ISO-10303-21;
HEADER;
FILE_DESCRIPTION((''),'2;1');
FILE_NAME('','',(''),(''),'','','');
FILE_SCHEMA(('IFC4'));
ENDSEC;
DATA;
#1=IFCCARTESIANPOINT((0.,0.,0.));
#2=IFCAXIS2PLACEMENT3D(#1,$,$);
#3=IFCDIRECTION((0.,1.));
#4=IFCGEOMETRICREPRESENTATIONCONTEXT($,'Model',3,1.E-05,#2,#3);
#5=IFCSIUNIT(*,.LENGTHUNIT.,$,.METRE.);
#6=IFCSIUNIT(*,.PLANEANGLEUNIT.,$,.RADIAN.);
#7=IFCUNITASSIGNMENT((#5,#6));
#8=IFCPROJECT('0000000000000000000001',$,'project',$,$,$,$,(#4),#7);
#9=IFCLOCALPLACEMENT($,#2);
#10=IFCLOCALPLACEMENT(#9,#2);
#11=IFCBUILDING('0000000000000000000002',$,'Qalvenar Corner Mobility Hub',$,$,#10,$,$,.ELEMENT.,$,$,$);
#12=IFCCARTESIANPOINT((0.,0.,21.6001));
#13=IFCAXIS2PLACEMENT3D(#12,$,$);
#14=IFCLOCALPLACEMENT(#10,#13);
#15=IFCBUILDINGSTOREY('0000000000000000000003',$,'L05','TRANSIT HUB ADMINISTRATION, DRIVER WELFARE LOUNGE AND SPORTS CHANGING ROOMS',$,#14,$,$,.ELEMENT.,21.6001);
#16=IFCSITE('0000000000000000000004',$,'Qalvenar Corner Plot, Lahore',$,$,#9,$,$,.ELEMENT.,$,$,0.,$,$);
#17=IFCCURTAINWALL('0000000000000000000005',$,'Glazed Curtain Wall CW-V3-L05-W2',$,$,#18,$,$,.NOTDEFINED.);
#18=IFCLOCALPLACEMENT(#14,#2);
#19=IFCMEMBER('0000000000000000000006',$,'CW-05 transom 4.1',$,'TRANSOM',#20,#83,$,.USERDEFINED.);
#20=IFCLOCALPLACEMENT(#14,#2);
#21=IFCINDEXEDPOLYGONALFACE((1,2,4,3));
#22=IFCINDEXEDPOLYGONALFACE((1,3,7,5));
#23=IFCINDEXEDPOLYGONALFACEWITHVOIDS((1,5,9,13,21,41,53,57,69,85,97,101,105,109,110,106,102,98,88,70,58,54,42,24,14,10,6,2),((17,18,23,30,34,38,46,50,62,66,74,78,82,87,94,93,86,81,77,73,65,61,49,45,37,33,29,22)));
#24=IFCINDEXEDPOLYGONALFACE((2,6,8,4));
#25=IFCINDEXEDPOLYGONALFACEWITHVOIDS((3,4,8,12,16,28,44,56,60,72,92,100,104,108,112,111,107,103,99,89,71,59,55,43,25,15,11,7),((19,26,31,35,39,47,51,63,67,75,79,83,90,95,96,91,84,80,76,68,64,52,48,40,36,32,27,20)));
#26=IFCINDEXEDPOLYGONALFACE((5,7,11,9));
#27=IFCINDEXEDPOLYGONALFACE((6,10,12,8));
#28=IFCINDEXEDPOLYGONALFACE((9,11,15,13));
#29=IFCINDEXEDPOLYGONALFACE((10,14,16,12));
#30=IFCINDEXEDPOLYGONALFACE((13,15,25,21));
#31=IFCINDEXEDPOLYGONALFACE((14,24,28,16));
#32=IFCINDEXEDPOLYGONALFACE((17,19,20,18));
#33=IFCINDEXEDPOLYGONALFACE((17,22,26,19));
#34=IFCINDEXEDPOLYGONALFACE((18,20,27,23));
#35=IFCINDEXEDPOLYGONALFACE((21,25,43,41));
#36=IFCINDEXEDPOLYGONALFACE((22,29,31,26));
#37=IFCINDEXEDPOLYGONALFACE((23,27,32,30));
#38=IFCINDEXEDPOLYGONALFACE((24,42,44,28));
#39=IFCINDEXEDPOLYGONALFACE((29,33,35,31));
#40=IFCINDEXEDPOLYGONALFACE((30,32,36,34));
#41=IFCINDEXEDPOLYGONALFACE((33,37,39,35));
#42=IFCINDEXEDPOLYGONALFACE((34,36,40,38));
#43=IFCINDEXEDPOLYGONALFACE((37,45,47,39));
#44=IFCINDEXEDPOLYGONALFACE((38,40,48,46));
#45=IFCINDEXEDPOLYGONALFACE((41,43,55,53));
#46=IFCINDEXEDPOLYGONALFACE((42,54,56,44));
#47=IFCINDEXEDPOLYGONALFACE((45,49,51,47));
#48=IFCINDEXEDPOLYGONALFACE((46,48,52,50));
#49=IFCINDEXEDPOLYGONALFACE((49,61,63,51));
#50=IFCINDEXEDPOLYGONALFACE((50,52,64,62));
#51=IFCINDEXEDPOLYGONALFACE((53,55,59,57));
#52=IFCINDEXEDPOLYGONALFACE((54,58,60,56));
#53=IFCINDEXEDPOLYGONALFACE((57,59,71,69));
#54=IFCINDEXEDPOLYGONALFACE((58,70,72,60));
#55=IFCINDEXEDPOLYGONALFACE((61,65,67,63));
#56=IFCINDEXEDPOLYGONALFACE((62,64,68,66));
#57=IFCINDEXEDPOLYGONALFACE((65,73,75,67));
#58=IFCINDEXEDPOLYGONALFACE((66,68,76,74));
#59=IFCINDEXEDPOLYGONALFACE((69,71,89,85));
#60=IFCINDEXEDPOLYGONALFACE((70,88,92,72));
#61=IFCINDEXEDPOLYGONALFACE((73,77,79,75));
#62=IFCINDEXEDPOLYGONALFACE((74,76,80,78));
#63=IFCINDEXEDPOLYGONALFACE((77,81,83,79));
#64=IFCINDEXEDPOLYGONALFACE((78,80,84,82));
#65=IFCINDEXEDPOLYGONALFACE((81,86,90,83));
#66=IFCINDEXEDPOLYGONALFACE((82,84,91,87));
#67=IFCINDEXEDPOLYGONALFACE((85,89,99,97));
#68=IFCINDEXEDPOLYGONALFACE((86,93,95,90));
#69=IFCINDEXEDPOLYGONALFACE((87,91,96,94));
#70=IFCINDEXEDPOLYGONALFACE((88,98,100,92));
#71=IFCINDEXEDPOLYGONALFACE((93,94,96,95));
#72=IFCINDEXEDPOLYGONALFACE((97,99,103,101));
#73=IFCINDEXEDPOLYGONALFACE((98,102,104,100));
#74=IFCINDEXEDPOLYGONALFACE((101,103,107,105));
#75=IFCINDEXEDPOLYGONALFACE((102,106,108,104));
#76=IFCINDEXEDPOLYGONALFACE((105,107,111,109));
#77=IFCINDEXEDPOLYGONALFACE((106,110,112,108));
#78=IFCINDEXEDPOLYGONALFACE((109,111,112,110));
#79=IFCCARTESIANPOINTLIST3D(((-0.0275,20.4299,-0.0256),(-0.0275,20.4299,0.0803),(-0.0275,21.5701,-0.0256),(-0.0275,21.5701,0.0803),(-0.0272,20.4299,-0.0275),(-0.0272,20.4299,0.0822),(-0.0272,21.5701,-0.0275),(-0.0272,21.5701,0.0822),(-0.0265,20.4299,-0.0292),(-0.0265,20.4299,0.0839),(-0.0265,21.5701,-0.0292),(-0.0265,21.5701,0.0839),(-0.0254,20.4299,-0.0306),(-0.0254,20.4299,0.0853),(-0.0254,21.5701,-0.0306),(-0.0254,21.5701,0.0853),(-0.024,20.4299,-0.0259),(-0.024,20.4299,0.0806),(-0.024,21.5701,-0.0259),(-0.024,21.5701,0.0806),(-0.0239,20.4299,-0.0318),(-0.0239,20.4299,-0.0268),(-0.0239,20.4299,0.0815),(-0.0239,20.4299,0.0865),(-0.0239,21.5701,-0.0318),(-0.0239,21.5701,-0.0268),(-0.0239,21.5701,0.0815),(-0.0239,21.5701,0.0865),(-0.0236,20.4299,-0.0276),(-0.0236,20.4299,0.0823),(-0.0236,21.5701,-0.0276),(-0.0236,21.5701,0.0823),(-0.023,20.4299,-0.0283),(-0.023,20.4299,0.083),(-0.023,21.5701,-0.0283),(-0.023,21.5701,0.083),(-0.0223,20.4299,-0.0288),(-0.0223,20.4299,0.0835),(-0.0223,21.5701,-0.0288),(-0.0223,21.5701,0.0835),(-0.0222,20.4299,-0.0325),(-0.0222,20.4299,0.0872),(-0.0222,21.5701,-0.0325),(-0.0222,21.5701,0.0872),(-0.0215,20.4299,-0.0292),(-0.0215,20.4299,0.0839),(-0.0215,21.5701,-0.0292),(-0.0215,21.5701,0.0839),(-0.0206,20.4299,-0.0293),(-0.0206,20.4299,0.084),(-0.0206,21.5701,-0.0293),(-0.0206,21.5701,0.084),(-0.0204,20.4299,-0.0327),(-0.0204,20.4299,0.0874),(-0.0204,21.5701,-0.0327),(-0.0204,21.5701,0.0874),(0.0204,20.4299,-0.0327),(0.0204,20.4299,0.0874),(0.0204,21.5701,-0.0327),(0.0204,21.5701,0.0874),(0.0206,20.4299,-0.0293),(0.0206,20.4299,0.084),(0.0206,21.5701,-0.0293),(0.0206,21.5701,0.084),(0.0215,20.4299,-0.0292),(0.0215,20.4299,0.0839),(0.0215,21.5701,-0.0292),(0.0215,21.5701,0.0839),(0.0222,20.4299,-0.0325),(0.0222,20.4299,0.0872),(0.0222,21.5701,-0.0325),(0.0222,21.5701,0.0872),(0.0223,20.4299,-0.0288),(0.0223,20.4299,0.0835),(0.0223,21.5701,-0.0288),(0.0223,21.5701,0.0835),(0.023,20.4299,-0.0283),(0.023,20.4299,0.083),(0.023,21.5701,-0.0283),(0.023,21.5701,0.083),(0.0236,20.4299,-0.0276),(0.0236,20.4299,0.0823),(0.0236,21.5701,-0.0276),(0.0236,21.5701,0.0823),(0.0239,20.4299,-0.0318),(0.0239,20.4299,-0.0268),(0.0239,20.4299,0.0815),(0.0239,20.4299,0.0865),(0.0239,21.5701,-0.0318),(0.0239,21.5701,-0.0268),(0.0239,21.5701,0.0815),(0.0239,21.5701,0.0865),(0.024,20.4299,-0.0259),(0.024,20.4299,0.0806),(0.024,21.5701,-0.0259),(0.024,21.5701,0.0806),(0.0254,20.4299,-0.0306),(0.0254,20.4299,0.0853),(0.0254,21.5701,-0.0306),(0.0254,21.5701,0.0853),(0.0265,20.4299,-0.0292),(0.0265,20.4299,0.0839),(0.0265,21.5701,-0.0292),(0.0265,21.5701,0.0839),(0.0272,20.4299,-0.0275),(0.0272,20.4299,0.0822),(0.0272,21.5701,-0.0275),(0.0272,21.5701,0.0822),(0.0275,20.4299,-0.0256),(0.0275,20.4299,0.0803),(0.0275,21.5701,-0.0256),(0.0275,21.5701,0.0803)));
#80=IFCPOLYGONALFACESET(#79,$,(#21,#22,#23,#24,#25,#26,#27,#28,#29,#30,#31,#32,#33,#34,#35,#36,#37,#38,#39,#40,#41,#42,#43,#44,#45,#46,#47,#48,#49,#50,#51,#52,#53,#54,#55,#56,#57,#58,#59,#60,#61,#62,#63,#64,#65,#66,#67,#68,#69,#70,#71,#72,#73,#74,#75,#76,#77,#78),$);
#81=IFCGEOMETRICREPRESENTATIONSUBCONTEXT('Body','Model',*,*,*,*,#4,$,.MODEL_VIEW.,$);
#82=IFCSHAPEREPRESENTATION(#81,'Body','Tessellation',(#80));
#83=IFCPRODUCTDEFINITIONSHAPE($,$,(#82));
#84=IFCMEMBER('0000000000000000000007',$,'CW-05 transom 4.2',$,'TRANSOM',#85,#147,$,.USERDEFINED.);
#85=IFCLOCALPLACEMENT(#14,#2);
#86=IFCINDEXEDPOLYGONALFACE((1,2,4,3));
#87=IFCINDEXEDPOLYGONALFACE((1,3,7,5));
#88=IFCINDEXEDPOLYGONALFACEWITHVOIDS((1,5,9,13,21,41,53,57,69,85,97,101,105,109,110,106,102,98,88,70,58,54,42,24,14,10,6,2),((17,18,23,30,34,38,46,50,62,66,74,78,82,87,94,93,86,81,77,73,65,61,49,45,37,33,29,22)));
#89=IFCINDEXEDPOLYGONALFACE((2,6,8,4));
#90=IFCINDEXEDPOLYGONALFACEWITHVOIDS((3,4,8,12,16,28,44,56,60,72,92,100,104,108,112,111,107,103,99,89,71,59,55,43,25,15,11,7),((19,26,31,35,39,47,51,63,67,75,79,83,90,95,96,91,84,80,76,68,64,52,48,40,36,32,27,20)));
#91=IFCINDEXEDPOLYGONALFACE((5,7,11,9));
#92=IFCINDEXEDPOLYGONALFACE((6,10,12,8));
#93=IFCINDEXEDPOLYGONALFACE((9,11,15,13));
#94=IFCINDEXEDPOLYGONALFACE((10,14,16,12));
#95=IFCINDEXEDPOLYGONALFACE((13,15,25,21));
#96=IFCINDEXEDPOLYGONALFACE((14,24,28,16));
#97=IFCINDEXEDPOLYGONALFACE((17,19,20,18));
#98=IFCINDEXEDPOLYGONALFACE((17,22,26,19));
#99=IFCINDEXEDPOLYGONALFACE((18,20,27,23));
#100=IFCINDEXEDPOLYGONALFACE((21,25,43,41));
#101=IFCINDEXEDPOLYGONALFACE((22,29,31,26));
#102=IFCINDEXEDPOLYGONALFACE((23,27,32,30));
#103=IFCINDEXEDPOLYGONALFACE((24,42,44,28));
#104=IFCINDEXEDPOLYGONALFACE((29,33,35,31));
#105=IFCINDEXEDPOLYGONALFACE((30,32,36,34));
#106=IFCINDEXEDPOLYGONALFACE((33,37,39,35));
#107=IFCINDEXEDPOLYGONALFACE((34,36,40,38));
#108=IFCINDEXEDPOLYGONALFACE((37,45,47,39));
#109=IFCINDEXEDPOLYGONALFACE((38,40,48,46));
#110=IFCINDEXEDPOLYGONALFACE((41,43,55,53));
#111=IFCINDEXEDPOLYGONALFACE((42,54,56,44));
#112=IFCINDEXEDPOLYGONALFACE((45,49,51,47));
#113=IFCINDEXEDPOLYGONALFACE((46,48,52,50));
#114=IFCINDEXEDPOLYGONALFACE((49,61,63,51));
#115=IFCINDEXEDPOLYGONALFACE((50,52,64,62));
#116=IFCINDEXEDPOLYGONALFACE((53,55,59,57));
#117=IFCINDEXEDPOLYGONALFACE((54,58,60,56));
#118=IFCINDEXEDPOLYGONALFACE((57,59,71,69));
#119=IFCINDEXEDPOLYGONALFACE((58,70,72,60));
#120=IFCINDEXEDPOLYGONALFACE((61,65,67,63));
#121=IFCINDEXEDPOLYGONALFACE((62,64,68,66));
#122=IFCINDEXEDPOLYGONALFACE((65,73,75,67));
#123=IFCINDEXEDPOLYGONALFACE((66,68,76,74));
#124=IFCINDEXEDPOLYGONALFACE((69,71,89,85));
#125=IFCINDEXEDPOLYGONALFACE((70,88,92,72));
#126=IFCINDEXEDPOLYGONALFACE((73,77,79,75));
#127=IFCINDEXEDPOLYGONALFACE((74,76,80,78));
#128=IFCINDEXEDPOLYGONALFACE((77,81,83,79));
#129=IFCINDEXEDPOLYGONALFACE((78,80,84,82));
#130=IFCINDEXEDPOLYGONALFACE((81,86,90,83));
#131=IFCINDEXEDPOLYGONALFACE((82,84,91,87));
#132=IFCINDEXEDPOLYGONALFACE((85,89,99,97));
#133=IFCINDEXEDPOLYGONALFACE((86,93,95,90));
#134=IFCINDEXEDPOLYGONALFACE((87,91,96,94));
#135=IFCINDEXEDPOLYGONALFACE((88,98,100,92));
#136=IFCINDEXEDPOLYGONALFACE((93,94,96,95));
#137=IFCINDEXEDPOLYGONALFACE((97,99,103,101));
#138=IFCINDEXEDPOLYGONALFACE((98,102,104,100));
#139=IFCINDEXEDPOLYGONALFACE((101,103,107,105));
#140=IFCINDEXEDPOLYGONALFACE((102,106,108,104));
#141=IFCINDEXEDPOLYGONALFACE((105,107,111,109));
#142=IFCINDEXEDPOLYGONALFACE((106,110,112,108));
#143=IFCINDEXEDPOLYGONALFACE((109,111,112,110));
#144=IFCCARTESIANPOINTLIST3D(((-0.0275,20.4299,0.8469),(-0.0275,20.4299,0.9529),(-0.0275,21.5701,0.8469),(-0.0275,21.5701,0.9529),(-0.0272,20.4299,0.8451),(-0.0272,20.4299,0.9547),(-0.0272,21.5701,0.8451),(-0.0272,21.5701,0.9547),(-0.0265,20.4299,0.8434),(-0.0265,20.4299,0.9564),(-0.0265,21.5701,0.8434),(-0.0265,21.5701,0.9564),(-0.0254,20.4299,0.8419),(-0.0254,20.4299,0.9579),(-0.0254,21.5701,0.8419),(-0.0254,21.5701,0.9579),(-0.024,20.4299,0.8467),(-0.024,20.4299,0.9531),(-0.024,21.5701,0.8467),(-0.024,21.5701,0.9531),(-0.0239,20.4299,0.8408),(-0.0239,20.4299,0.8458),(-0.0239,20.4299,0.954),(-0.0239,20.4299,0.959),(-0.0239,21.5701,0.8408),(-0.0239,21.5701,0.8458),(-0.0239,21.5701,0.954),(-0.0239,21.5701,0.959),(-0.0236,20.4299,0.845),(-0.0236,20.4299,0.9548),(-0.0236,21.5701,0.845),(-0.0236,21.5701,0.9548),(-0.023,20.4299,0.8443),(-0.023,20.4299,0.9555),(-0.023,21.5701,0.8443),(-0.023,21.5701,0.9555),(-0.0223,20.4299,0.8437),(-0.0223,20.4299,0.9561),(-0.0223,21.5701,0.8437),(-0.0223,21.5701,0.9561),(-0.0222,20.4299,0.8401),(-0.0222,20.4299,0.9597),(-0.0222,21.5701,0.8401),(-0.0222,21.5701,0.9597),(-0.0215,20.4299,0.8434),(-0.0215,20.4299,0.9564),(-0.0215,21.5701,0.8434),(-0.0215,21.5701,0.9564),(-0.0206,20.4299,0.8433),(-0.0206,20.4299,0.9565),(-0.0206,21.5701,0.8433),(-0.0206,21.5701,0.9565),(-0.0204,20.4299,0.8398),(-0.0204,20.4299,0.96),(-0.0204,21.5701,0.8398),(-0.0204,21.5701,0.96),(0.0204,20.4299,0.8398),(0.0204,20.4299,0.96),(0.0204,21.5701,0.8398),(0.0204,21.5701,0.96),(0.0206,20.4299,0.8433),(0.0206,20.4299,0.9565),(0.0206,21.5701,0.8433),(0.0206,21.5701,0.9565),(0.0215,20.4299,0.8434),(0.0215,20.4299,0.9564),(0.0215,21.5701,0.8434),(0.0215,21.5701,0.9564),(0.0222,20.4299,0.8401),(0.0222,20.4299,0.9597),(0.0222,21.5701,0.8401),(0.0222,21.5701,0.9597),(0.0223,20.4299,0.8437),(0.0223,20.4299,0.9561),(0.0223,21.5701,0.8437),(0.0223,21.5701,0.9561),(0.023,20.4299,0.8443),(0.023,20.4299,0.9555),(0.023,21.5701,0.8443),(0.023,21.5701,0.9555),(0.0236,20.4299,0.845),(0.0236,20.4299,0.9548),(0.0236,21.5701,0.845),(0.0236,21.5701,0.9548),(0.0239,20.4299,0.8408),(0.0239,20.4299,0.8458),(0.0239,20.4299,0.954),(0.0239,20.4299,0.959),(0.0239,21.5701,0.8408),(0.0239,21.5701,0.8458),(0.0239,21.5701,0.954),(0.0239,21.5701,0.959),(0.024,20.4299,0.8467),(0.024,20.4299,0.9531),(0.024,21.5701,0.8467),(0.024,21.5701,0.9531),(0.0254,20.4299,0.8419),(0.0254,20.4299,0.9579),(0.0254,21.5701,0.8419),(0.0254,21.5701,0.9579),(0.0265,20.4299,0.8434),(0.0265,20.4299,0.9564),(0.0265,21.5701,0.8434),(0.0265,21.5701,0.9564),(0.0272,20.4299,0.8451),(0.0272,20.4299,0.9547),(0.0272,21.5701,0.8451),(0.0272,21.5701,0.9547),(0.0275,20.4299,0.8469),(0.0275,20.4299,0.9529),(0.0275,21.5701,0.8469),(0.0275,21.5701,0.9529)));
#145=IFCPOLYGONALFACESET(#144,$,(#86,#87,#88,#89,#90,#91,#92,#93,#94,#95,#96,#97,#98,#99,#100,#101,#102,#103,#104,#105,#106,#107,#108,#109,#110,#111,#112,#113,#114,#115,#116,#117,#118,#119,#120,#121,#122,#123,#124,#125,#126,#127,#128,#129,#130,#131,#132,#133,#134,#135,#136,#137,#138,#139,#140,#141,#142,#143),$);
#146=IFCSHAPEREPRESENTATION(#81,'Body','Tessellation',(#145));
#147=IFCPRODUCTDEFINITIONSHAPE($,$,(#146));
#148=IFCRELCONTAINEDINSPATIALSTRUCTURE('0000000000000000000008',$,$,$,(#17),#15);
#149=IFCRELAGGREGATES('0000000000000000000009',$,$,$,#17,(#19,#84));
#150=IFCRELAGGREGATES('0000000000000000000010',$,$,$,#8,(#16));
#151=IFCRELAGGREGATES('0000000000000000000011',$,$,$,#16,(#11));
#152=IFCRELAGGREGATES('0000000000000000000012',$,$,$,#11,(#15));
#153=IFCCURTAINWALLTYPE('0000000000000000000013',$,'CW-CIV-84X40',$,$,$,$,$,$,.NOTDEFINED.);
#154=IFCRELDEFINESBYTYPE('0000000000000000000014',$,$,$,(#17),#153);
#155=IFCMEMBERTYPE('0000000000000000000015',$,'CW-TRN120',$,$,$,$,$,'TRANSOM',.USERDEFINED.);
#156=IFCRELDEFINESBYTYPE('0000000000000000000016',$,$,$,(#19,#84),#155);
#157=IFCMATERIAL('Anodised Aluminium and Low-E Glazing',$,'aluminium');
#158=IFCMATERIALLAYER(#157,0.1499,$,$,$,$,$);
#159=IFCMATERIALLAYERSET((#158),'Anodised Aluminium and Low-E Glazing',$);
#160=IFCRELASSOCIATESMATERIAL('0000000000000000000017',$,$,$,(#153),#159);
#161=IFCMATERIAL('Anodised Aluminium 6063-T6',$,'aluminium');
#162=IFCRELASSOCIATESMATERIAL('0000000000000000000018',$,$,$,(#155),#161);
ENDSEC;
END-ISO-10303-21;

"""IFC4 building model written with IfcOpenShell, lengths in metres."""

from ifc_helpers import new_model, si_unit, direction, frame, origin, origin_2d, place, context, subcontext, project, spatial, hollow_rectangle, extrude, material, layer, layer_set, material_profile, profile_set, type_object, element, aggregate, save


model = new_model("IFC4")

# Units and contexts
model_context = context("Model", 3, precision=1e-05, world=origin(), true_north=direction((0.0, 1.0)))
body_context = subcontext(model_context, "Body", "Model", "MODEL_VIEW")
ifc_project = project(units=[si_unit("LENGTHUNIT", "METRE"), si_unit("PLANEANGLEUNIT", "RADIAN")], contexts=[model_context])

# Site, building, storey
site_placement = place(None, origin())
site = spatial("IfcSite", under=ifc_project, at=site_placement, Name="Qalvenar Corner Plot, Lahore", CompositionType="ELEMENT", RefElevation=0.0)
building_placement = place(site_placement, origin())
building = spatial("IfcBuilding", under=site, at=building_placement, Name="Qalvenar Corner Mobility Hub", CompositionType="ELEMENT")
storey_placement = place(building_placement, frame((0.0, 0.0, 21.6001)))
storey = spatial("IfcBuildingStorey", under=building, at=storey_placement, Name="L05", Description="TRANSIT HUB ADMINISTRATION, DRIVER WELFARE LOUNGE AND SPORTS CHANGING ROOMS", CompositionType="ELEMENT", Elevation=21.6001)

# Curtain wall, members
ifc_material_1 = material(Name="Anodised Aluminium and Low-E Glazing", Category="aluminium")
ifc_layer_1 = layer(ifc_material_1, 0.1499)
ifc_layer_set_1 = layer_set([ifc_layer_1], Name="Anodised Aluminium and Low-E Glazing")
curtain_wall_type = type_object("IfcCurtainWallType", Name="CW-CIV-84X40", PredefinedType="NOTDEFINED", material=ifc_layer_set_1)
curtain_wall_placement = place(storey_placement, origin())
curtain_wall = element("IfcCurtainWall", 1, at=curtain_wall_placement, inside=storey, type_object=curtain_wall_type, Name="Glazed Curtain Wall CW-V3-L05-W2", PredefinedType="NOTDEFINED")
ifc_material_2 = material(Name="Anodised Aluminium 6063-T6", Category="aluminium")
ifc_material_profile_1 = material_profile(ifc_material_2, hollow_rectangle(XDim=0.0549, YDim=0.1201, WallThickness=0.0034, InnerFilletRadius=0.0034, OuterFilletRadius=0.0071, at=origin_2d()), Name="RHS120x55x3.5")
ifc_profile_set_1 = profile_set([ifc_material_profile_1], Name="Anodised Aluminium 6063-T6")
member_type_1 = type_object("IfcMemberType", Name="CW-TRN120", ElementType="TRANSOM", PredefinedType="USERDEFINED", material=ifc_profile_set_1)
member_1_placement = place(storey_placement, frame((0.0, 21.5701, 0.0273), z_axis=(0.0, -1.0, 0.0), x_axis=(1.0, 0.0, 0.0)))
member_1 = element("IfcMember", 2, at=member_1_placement, type_object=member_type_1, Name="CW-05 transom 4.1", ObjectType="TRANSOM", PredefinedType="USERDEFINED", context=body_context, shape_type="SweptSolid", body=[
    extrude(hollow_rectangle(XDim=0.0549, YDim=0.1201, WallThickness=0.0034, InnerFilletRadius=0.0034, OuterFilletRadius=0.0071, at=origin_2d()), origin(), (0.0, 0.0, 1.0), 1.1401),
])
member_2_placement = place(storey_placement, frame((0.0, 21.5701, 0.8999), z_axis=(0.0, -1.0, 0.0), x_axis=(1.0, 0.0, 0.0)))
member_2 = element("IfcMember", 3, at=member_2_placement, type_object=member_type_1, Name="CW-05 transom 4.2", ObjectType="TRANSOM", PredefinedType="USERDEFINED", context=body_context, shape_type="SweptSolid", body=[
    extrude(hollow_rectangle(XDim=0.0549, YDim=0.1201, WallThickness=0.0034, InnerFilletRadius=0.0034, OuterFilletRadius=0.0071, at=origin_2d()), origin(), (0.0, 0.0, 1.0), 1.1401),
])
aggregate(curtain_wall, [member_1, member_2])

save(model, "model.ifc")
